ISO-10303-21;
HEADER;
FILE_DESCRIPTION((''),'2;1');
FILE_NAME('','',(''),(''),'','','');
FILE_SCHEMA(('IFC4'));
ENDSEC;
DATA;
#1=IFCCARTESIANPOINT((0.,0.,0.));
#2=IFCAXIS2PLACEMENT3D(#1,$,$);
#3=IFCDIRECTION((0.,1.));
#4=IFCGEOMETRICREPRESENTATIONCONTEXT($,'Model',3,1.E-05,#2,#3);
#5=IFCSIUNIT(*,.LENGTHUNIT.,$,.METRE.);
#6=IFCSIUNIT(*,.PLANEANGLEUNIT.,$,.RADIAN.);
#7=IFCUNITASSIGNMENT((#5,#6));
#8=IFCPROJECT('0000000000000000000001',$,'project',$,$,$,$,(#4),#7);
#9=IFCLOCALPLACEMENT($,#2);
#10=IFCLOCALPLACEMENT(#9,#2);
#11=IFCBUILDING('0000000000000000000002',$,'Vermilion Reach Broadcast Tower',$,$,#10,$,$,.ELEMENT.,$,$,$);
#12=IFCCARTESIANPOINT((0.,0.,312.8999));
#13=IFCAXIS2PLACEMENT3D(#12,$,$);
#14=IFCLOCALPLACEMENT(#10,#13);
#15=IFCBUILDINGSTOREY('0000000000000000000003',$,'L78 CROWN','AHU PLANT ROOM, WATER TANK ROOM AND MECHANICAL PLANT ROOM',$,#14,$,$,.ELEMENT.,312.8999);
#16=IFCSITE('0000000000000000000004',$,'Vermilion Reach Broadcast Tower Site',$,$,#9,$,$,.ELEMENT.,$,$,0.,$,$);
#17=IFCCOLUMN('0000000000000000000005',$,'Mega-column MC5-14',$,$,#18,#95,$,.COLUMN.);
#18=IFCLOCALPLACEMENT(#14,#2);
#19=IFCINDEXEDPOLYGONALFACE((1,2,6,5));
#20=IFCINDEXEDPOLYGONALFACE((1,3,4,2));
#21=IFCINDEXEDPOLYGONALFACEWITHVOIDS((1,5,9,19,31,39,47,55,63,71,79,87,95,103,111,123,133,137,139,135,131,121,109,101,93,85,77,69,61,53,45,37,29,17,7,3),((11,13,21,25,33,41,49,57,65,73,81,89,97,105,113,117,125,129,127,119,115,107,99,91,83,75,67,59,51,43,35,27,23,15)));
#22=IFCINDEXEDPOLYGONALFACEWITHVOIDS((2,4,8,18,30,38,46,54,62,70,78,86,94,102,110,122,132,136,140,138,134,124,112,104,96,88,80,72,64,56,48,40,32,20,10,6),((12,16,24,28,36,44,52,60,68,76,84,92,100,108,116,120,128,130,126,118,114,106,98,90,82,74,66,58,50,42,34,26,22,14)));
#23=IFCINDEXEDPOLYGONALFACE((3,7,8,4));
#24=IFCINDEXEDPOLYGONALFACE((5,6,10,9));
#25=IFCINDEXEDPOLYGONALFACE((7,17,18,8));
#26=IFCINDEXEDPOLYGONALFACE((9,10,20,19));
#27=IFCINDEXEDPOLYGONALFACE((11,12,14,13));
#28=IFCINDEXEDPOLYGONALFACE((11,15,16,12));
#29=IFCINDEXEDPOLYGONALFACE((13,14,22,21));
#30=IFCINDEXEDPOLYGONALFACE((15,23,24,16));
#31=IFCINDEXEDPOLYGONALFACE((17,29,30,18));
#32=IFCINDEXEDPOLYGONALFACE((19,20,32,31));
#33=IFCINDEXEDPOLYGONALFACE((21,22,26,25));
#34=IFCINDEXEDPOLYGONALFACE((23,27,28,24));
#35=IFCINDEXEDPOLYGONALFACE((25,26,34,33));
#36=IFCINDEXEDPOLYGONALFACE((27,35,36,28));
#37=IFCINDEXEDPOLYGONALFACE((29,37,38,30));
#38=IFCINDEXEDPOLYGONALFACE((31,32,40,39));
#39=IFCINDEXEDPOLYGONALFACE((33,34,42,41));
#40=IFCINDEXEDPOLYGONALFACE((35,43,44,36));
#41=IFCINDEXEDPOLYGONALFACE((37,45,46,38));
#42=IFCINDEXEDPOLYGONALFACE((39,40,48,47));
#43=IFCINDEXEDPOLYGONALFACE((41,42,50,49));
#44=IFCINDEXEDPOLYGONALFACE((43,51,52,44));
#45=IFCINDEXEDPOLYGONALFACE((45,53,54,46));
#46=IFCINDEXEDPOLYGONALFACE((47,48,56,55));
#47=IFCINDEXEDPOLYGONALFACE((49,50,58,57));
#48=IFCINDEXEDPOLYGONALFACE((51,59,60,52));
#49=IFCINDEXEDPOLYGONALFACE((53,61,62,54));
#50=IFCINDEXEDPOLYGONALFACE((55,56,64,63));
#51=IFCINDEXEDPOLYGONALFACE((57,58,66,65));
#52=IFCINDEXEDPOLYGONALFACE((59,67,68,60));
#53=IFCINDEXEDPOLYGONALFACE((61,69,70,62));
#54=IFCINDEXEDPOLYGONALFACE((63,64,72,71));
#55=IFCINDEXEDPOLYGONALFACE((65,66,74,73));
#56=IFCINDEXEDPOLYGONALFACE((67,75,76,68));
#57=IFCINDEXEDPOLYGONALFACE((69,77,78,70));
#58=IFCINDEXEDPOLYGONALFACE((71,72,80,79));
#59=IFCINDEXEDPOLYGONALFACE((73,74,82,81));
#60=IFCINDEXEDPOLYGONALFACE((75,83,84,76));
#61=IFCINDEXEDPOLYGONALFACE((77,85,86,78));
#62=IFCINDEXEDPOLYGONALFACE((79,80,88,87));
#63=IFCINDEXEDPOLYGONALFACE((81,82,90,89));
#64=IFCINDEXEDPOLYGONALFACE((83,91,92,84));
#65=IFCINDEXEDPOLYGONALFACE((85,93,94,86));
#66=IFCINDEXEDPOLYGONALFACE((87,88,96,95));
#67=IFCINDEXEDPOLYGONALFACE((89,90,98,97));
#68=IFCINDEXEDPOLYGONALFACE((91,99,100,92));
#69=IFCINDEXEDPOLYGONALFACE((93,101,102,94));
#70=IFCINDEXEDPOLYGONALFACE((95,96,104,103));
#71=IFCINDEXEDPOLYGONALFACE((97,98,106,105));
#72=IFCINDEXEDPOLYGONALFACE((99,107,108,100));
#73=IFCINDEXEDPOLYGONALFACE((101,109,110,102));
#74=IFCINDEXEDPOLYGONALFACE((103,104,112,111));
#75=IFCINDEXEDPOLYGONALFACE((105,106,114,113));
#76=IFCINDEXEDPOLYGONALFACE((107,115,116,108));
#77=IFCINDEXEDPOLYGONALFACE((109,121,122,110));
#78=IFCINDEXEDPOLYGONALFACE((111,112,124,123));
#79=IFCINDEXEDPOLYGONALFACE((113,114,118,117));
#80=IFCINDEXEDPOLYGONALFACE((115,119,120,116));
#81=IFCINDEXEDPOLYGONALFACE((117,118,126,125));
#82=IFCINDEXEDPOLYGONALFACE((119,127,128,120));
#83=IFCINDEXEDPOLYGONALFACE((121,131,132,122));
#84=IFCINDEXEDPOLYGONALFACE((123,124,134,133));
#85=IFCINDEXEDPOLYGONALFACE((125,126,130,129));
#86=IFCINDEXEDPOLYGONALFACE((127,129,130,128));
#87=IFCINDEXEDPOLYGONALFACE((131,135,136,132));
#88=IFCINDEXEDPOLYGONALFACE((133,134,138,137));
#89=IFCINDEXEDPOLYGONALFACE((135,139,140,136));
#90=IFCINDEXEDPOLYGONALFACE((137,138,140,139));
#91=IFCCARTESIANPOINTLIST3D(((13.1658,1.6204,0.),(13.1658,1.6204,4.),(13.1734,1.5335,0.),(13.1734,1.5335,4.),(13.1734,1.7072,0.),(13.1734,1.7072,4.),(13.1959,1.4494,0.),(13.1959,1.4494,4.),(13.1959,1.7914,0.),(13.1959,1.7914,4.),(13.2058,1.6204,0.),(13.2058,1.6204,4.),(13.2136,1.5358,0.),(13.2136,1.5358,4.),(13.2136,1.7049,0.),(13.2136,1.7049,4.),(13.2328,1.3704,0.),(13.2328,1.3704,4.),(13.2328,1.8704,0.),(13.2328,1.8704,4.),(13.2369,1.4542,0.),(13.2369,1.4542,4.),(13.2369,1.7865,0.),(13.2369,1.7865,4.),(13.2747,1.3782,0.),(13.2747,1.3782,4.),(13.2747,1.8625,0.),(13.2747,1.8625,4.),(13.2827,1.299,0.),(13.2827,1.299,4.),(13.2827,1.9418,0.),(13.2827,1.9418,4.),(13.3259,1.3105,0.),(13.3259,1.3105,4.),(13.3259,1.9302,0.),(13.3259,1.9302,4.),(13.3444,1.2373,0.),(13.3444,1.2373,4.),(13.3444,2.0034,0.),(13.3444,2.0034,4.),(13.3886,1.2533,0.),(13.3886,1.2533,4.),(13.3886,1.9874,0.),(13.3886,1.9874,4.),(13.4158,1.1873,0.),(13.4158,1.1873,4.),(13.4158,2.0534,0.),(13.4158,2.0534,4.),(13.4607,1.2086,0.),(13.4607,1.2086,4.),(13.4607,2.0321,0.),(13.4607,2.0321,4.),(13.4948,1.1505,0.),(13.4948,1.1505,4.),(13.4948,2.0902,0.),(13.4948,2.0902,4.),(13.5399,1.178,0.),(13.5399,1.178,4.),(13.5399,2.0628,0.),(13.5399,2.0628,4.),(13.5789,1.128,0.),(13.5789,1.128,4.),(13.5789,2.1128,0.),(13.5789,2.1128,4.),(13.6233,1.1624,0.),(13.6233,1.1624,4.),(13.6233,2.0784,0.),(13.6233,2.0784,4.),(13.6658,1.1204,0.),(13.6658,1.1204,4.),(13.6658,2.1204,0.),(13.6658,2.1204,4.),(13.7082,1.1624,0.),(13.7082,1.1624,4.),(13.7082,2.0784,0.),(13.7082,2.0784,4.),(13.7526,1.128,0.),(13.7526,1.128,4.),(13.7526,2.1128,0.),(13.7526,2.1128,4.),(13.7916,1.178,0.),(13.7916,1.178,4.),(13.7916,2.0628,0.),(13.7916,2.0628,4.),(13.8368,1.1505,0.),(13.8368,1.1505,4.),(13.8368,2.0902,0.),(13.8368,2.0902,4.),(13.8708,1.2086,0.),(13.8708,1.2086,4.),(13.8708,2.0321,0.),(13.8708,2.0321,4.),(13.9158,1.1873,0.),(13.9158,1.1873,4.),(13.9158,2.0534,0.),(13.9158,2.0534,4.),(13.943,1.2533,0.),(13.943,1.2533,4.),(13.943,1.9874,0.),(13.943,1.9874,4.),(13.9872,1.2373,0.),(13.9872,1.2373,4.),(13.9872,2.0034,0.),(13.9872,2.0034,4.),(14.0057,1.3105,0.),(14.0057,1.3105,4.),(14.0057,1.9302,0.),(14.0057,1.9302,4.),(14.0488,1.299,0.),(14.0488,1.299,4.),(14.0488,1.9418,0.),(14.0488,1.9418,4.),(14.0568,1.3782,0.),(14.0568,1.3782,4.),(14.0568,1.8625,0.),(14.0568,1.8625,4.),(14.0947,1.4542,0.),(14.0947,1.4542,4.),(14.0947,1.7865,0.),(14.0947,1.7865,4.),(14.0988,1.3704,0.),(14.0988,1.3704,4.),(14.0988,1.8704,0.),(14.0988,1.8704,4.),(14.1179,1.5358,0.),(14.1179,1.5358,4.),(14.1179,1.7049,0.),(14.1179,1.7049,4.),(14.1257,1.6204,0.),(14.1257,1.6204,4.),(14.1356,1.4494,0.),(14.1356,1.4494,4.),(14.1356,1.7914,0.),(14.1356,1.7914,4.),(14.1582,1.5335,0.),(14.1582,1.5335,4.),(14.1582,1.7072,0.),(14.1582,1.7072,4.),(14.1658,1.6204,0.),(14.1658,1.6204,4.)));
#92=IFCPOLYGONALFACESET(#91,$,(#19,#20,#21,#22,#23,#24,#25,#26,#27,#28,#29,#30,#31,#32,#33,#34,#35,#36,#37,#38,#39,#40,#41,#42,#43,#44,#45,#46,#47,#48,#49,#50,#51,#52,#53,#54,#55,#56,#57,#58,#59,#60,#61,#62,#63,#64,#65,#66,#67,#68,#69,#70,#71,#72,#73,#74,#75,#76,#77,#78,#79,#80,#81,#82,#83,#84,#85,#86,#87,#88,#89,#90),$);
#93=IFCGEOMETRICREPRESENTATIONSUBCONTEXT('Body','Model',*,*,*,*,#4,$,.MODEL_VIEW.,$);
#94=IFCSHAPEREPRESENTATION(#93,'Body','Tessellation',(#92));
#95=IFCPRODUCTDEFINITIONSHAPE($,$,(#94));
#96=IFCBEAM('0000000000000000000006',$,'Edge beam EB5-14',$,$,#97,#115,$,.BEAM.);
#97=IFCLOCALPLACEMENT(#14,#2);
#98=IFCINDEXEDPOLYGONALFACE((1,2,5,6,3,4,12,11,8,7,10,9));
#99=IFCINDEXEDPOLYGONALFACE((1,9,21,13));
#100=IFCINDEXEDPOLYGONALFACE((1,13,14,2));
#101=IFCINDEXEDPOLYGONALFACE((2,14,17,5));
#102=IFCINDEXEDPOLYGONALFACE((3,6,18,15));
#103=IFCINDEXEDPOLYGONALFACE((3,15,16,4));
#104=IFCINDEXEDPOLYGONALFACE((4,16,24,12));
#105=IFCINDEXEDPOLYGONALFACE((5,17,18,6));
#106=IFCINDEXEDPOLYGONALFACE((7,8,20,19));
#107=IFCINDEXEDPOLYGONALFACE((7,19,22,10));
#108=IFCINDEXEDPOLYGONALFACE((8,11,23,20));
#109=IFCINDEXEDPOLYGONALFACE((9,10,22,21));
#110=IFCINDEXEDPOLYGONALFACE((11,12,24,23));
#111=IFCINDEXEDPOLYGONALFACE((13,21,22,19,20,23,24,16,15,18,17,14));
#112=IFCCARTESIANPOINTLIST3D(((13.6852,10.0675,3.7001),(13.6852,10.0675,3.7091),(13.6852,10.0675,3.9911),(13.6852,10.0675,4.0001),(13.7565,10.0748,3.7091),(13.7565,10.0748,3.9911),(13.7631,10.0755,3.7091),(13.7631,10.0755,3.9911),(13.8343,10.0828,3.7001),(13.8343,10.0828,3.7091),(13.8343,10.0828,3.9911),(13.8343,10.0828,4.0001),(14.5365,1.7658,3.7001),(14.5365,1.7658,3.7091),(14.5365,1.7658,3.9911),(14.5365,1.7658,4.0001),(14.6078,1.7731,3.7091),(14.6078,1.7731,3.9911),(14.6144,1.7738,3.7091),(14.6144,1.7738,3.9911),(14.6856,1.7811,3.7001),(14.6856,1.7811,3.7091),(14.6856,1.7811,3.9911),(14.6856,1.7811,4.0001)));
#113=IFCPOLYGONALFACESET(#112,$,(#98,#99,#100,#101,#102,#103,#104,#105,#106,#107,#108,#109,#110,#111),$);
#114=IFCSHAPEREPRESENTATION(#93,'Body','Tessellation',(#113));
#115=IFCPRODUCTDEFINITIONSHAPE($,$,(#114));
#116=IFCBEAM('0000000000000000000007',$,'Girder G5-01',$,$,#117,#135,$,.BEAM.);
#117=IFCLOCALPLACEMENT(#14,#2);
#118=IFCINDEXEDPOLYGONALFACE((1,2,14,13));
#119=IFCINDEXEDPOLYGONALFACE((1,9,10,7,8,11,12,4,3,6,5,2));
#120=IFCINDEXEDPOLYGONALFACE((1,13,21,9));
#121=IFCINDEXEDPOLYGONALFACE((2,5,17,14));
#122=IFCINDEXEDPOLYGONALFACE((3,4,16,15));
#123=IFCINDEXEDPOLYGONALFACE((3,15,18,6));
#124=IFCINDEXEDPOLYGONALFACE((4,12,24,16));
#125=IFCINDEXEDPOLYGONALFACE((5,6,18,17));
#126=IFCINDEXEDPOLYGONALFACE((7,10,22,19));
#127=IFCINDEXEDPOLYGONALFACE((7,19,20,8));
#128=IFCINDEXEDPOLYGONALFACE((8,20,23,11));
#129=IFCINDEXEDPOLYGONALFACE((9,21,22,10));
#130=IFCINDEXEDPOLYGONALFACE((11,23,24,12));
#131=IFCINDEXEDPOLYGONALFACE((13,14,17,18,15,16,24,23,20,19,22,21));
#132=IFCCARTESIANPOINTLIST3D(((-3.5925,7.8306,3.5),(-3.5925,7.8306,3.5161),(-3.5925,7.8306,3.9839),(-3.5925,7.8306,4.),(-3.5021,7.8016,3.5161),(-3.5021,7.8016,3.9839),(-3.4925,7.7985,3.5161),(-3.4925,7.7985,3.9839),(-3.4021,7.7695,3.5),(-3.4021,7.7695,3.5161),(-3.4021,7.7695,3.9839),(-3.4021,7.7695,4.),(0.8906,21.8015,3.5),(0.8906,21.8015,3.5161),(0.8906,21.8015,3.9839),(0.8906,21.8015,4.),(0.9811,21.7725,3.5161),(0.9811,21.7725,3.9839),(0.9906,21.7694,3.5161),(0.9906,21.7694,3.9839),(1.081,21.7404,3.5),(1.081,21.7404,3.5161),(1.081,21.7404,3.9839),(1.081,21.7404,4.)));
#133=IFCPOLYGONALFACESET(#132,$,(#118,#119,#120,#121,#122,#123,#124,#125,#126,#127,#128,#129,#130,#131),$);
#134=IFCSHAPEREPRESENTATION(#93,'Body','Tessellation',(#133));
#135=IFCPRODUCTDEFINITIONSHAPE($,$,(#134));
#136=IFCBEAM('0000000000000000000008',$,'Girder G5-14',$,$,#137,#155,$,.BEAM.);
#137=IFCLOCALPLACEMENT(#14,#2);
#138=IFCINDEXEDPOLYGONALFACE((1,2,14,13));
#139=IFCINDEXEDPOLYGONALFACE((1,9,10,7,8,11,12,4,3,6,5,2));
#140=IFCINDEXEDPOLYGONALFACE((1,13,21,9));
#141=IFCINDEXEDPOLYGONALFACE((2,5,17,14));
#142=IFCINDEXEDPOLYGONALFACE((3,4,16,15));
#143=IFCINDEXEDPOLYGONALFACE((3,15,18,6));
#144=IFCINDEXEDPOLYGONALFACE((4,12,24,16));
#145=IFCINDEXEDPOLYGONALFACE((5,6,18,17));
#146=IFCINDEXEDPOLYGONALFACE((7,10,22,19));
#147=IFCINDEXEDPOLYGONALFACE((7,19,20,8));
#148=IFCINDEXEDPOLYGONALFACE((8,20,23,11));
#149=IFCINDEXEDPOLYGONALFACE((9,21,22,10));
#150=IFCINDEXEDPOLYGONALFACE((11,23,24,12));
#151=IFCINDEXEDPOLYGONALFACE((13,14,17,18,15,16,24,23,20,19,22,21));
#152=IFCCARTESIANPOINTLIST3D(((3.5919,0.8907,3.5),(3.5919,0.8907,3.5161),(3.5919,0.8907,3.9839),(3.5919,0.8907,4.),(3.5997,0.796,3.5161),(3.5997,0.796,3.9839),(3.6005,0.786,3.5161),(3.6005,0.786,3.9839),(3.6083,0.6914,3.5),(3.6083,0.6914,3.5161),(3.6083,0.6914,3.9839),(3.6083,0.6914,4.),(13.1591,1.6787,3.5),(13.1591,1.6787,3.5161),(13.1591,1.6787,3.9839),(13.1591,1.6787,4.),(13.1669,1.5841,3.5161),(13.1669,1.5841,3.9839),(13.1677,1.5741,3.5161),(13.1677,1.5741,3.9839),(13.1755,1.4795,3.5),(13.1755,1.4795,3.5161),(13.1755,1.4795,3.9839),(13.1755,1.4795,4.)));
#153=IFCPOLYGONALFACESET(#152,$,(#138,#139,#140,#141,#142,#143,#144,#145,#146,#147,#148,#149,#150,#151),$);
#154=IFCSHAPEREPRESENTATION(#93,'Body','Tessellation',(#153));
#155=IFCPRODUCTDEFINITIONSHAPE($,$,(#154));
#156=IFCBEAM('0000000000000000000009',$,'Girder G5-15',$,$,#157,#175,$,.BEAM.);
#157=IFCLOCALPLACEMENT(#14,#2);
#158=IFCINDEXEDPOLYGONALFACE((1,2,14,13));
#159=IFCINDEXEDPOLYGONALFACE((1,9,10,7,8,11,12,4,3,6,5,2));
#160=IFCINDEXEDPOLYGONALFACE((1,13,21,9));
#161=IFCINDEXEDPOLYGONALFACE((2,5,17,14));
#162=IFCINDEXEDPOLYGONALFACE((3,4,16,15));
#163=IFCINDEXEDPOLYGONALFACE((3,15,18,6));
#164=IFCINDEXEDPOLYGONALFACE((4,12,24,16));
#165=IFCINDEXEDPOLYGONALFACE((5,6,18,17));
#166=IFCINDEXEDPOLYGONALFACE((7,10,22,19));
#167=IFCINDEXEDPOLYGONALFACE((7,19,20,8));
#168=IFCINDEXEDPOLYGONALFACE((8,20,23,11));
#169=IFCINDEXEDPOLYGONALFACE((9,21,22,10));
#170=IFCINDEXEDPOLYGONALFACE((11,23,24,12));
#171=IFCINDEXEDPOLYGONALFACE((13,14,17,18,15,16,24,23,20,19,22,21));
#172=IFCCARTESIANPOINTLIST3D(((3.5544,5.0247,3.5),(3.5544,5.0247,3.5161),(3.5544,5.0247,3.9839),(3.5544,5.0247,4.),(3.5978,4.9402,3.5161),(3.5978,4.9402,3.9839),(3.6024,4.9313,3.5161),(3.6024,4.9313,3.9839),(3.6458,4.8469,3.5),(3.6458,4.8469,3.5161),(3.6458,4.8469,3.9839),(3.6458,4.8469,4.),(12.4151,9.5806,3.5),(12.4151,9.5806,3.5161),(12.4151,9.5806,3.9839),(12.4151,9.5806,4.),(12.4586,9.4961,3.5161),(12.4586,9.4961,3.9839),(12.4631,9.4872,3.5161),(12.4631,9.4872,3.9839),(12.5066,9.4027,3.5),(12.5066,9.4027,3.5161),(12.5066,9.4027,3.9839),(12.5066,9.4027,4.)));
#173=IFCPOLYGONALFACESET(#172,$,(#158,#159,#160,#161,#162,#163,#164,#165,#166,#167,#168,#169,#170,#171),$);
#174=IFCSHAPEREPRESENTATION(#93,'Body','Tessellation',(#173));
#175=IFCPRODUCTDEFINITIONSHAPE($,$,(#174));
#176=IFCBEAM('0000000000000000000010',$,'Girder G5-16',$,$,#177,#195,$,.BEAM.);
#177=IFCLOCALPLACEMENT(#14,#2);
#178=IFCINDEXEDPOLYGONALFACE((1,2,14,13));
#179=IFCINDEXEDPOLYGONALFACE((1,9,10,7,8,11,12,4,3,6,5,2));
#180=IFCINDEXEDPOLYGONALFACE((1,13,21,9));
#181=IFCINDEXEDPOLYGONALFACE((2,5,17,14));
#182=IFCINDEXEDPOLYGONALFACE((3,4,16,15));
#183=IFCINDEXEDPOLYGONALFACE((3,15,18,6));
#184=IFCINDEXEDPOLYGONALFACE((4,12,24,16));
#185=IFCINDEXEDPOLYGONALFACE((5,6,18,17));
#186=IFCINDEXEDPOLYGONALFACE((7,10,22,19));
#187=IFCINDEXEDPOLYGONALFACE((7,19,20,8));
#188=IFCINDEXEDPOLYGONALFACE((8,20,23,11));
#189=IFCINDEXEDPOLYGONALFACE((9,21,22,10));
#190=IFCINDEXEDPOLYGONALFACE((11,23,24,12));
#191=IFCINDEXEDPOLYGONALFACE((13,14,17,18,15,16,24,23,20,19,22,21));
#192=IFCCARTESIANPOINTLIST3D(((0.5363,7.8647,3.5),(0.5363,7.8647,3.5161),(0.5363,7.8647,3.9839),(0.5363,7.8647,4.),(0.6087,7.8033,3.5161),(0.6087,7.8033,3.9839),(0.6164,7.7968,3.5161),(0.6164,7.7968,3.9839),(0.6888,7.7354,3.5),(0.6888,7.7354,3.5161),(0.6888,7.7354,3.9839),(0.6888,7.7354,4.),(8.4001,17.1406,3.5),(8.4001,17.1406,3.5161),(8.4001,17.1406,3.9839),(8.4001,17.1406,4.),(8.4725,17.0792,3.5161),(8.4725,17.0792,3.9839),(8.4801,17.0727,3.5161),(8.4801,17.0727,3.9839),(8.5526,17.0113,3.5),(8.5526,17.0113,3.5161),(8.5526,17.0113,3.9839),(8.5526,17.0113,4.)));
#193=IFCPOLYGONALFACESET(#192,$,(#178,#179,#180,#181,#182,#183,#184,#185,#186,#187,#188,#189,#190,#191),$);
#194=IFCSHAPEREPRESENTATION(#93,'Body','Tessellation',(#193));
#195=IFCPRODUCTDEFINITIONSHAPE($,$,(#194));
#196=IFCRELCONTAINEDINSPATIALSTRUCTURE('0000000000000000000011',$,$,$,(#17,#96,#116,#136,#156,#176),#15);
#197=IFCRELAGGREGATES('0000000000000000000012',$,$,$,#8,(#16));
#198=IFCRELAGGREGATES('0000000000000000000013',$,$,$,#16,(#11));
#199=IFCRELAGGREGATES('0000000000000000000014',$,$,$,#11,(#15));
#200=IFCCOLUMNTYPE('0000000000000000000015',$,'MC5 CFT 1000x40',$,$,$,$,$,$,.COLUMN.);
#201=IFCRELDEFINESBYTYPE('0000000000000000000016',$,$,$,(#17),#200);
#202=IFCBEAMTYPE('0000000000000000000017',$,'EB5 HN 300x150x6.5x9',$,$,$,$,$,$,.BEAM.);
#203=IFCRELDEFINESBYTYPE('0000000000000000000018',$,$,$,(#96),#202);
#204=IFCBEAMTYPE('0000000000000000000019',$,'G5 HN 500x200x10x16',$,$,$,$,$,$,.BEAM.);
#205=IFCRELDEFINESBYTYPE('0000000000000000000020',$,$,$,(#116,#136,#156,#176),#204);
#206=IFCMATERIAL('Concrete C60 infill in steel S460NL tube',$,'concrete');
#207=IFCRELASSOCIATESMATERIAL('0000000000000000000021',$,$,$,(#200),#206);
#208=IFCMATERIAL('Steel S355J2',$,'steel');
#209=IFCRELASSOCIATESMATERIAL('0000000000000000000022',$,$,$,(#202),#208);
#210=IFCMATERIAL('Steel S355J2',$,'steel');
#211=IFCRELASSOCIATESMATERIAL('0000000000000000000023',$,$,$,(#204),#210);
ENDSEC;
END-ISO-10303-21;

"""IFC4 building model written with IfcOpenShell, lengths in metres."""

from ifc_helpers import new_model, si_unit, direction, frame, origin, origin_2d, place, context, subcontext, project, spatial, hollow_circle, i_section, extrude, material, material_profile, profile_set, type_object, element, save


model = new_model("IFC4")

# Units and contexts
model_context = context("Model", 3, precision=1e-05, world=origin(), true_north=direction((0.0, 1.0)))
body_context = subcontext(model_context, "Body", "Model", "MODEL_VIEW")
ifc_project = project(units=[si_unit("LENGTHUNIT", "METRE"), si_unit("PLANEANGLEUNIT", "RADIAN")], contexts=[model_context])

# Site, building, storey
site_placement = place(None, origin())
site = spatial("IfcSite", under=ifc_project, at=site_placement, Name="Vermilion Reach Broadcast Tower Site", CompositionType="ELEMENT", RefElevation=0.0)
building_placement = place(site_placement, origin())
building = spatial("IfcBuilding", under=site, at=building_placement, Name="Vermilion Reach Broadcast Tower", CompositionType="ELEMENT")
storey_placement = place(building_placement, frame((0.0, 0.0, 312.8999)))
storey = spatial("IfcBuildingStorey", under=building, at=storey_placement, Name="L78 CROWN", Description="AHU PLANT ROOM, WATER TANK ROOM AND MECHANICAL PLANT ROOM", CompositionType="ELEMENT", Elevation=312.8999)

# Column
ifc_material_1 = material(Name="Concrete C60 infill in steel S460NL tube", Category="concrete")
ifc_material_profile_1 = material_profile(ifc_material_1, hollow_circle(Radius=0.5, WallThickness=0.04, at=origin_2d()), Name="Concrete C60 infill in steel S460NL tube CFT 1000x40")
ifc_profile_set_1 = profile_set([ifc_material_profile_1], Name="Concrete C60 infill in steel S460NL tube")
column_type = type_object("IfcColumnType", Name="MC5 CFT 1000x40", PredefinedType="COLUMN", material=ifc_profile_set_1)
column_placement = place(storey_placement, frame((13.6658, 1.6204, 0.0), z_axis=(0.0, 0.0, 1.0), x_axis=(1.0, 0.0, 0.0)))
element("IfcColumn", 1, at=column_placement, inside=storey, type_object=column_type, Name="Mega-column MC5-14", PredefinedType="COLUMN", context=body_context, shape_type="SweptSolid", body=[
    extrude(hollow_circle(Radius=0.5, WallThickness=0.04, at=origin_2d()), origin(), (0.0, 0.0, 1.0), 4.0),
])

# Beams
ifc_material_2 = material(Name="Steel S355J2", Category="steel")
ifc_material_profile_2 = material_profile(ifc_material_2, i_section(OverallWidth=0.1499, OverallDepth=0.3, WebThickness=0.0066, FlangeThickness=0.009, at=origin_2d()), Name="S355J2 HN 300x150x6.5x9")
ifc_profile_set_2 = profile_set([ifc_material_profile_2], Name="Steel S355J2")
beam_type_1 = type_object("IfcBeamType", Name="EB5 HN 300x150x6.5x9", PredefinedType="BEAM", material=ifc_profile_set_2)
beam_1_placement = place(storey_placement, frame((14.6111, 1.7734, 3.8501), z_axis=(-0.102012, 0.994783, 0.0), x_axis=(-0.994783, -0.102012, 0.0)))
element("IfcBeam", 2, at=beam_1_placement, inside=storey, type_object=beam_type_1, Name="Edge beam EB5-14", PredefinedType="BEAM", context=body_context, shape_type="SweptSolid", body=[
    extrude(i_section(OverallWidth=0.1499, OverallDepth=0.3, WebThickness=0.0066, FlangeThickness=0.009, at=origin_2d()), origin(), (0.0, 0.0, 1.0), 8.3452),
])
ifc_material_3 = material(Name="Steel S355J2", Category="steel")
ifc_material_profile_3 = material_profile(ifc_material_3, i_section(OverallWidth=0.2, OverallDepth=0.5, WebThickness=0.01, FlangeThickness=0.0161, at=origin_2d()), Name="S355J2 HN 500x200x10x16")
ifc_profile_set_3 = profile_set([ifc_material_profile_3], Name="Steel S355J2")
beam_type_2 = type_object("IfcBeamType", Name="G5 HN 500x200x10x16", PredefinedType="BEAM", material=ifc_profile_set_3)
beam_2_placement = place(storey_placement, frame((-3.4973, 7.8, 3.75), z_axis=(0.305545, 0.952178, 0.0), x_axis=(-0.952178, 0.305545, 0.0)))
element("IfcBeam", 3, at=beam_2_placement, inside=storey, type_object=beam_type_2, Name="Girder G5-01", PredefinedType="BEAM", context=body_context, shape_type="SweptSolid", body=[
    extrude(i_section(OverallWidth=0.2, OverallDepth=0.5, WebThickness=0.01, FlangeThickness=0.0161, at=origin_2d()), origin(), (0.0, 0.0, 1.0), 14.6726),
])
beam_3_placement = place(storey_placement, frame((3.6001, 0.791, 3.75), z_axis=(0.996624, 0.082096, 0.0), x_axis=(-0.082096, 0.996624, 0.0)))
element("IfcBeam", 4, at=beam_3_placement, inside=storey, type_object=beam_type_2, Name="Girder G5-14", PredefinedType="BEAM", context=body_context, shape_type="SweptSolid", body=[
    extrude(i_section(OverallWidth=0.2, OverallDepth=0.5, WebThickness=0.01, FlangeThickness=0.0161, at=origin_2d()), origin(), (0.0, 0.0, 1.0), 9.5996),
])
beam_4_placement = place(storey_placement, frame((3.6001, 4.9358, 3.75), z_axis=(0.889333, 0.457261, 0.0), x_axis=(-0.457261, 0.889333, 0.0)))
element("IfcBeam", 5, at=beam_4_placement, inside=storey, type_object=beam_type_2, Name="Girder G5-15", PredefinedType="BEAM", context=body_context, shape_type="SweptSolid", body=[
    extrude(i_section(OverallWidth=0.2, OverallDepth=0.5, WebThickness=0.01, FlangeThickness=0.0161, at=origin_2d()), origin(), (0.0, 0.0, 1.0), 9.9634),
])
beam_5_placement = place(storey_placement, frame((0.6125, 7.8, 3.75), z_axis=(0.646658, 0.76278, 0.0), x_axis=(-0.76278, 0.646658, 0.0)))
element("IfcBeam", 6, at=beam_5_placement, inside=storey, type_object=beam_type_2, Name="Girder G5-16", PredefinedType="BEAM", context=body_context, shape_type="SweptSolid", body=[
    extrude(i_section(OverallWidth=0.2, OverallDepth=0.5, WebThickness=0.01, FlangeThickness=0.0161, at=origin_2d()), origin(), (0.0, 0.0, 1.0), 12.1606),
])

save(model, "model.ifc")
